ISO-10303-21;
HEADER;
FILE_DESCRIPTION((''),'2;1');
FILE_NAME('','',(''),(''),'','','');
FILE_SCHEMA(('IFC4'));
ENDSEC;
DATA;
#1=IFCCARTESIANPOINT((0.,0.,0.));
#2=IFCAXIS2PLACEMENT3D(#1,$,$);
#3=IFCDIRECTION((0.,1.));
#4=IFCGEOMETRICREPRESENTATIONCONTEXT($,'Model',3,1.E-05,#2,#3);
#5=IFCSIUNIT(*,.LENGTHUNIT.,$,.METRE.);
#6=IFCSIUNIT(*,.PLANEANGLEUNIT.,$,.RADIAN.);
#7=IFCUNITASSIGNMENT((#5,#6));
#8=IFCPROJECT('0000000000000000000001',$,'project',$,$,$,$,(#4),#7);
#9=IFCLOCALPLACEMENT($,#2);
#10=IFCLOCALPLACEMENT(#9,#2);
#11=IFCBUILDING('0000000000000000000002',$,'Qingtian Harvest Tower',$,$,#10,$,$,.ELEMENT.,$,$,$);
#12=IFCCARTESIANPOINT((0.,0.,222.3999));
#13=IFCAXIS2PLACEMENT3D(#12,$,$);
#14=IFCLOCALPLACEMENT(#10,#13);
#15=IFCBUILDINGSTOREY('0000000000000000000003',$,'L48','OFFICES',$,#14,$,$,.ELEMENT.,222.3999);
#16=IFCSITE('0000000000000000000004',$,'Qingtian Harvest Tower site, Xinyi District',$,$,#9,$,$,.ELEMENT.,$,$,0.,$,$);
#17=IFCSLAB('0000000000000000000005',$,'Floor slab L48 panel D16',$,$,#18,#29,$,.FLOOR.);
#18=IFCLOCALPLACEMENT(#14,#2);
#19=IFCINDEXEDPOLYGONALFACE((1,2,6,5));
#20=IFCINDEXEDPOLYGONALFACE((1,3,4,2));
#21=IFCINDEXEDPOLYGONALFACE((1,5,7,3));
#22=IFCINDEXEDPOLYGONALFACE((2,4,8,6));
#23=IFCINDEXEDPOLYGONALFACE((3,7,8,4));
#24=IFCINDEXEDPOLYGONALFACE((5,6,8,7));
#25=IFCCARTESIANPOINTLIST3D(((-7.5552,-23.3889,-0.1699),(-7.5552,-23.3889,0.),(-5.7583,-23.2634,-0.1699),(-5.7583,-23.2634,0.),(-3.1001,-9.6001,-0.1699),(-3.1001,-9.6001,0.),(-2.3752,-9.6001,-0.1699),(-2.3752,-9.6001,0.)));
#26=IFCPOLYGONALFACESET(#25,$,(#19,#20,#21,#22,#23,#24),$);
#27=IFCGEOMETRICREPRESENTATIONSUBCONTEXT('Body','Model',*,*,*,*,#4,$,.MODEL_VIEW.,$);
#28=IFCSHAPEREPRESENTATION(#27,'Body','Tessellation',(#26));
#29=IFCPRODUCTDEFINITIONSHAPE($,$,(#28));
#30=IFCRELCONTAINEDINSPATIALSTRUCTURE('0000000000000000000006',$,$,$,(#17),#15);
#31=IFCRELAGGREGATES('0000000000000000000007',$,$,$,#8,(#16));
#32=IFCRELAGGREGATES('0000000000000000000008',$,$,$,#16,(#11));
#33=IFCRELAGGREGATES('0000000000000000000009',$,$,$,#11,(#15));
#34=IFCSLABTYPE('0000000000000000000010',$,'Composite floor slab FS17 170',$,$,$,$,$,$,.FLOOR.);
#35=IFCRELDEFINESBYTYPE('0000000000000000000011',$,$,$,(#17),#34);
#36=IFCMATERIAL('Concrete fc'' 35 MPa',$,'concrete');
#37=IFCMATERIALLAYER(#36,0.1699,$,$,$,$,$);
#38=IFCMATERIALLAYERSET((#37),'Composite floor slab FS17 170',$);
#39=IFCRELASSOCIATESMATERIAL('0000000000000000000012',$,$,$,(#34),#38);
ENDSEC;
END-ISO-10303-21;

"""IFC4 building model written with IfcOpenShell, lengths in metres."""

from ifc_helpers import new_model, si_unit, direction, frame, origin, place, context, subcontext, project, spatial, polyline, outline, extrude, material, layer, layer_set, type_object, element, save


model = new_model("IFC4")

# Units and contexts
model_context = context("Model", 3, precision=1e-05, world=origin(), true_north=direction((0.0, 1.0)))
body_context = subcontext(model_context, "Body", "Model", "MODEL_VIEW")
ifc_project = project(units=[si_unit("LENGTHUNIT", "METRE"), si_unit("PLANEANGLEUNIT", "RADIAN")], contexts=[model_context])

# Site, building, storey
site_placement = place(None, origin())
site = spatial("IfcSite", under=ifc_project, at=site_placement, Name="Qingtian Harvest Tower site, Xinyi District", CompositionType="ELEMENT", RefElevation=0.0)
building_placement = place(site_placement, origin())
building = spatial("IfcBuilding", under=site, at=building_placement, Name="Qingtian Harvest Tower", CompositionType="ELEMENT")
storey_placement = place(building_placement, frame((0.0, 0.0, 222.3999)))
storey = spatial("IfcBuildingStorey", under=building, at=storey_placement, Name="L48", Description="OFFICES", CompositionType="ELEMENT", Elevation=222.3999)

# Slab
ifc_material = material(Name="Concrete fc' 35 MPa", Category="concrete")
ifc_layer = layer(ifc_material, 0.1699)
ifc_layer_set = layer_set([ifc_layer], Name="Composite floor slab FS17 170")
slab_type = type_object("IfcSlabType", Name="Composite floor slab FS17 170", PredefinedType="FLOOR", material=ifc_layer_set)
slab_1_placement = place(storey_placement, frame((0.0, 0.0, -0.1699)))
element("IfcSlab", 1, at=slab_1_placement, inside=storey, type_object=slab_type, Name="Floor slab L48 panel D16", PredefinedType="FLOOR", context=body_context, shape_type="SweptSolid", body=[
    extrude(outline(polyline([(-2.3752, -9.6001), (-5.7583, -23.2634), (-7.5552, -23.3889), (-3.1001, -9.6001), (-2.3752, -9.6001)])), origin(), (0.0, 0.0, 1.0), 0.1699),
])

save(model, "model.ifc")
